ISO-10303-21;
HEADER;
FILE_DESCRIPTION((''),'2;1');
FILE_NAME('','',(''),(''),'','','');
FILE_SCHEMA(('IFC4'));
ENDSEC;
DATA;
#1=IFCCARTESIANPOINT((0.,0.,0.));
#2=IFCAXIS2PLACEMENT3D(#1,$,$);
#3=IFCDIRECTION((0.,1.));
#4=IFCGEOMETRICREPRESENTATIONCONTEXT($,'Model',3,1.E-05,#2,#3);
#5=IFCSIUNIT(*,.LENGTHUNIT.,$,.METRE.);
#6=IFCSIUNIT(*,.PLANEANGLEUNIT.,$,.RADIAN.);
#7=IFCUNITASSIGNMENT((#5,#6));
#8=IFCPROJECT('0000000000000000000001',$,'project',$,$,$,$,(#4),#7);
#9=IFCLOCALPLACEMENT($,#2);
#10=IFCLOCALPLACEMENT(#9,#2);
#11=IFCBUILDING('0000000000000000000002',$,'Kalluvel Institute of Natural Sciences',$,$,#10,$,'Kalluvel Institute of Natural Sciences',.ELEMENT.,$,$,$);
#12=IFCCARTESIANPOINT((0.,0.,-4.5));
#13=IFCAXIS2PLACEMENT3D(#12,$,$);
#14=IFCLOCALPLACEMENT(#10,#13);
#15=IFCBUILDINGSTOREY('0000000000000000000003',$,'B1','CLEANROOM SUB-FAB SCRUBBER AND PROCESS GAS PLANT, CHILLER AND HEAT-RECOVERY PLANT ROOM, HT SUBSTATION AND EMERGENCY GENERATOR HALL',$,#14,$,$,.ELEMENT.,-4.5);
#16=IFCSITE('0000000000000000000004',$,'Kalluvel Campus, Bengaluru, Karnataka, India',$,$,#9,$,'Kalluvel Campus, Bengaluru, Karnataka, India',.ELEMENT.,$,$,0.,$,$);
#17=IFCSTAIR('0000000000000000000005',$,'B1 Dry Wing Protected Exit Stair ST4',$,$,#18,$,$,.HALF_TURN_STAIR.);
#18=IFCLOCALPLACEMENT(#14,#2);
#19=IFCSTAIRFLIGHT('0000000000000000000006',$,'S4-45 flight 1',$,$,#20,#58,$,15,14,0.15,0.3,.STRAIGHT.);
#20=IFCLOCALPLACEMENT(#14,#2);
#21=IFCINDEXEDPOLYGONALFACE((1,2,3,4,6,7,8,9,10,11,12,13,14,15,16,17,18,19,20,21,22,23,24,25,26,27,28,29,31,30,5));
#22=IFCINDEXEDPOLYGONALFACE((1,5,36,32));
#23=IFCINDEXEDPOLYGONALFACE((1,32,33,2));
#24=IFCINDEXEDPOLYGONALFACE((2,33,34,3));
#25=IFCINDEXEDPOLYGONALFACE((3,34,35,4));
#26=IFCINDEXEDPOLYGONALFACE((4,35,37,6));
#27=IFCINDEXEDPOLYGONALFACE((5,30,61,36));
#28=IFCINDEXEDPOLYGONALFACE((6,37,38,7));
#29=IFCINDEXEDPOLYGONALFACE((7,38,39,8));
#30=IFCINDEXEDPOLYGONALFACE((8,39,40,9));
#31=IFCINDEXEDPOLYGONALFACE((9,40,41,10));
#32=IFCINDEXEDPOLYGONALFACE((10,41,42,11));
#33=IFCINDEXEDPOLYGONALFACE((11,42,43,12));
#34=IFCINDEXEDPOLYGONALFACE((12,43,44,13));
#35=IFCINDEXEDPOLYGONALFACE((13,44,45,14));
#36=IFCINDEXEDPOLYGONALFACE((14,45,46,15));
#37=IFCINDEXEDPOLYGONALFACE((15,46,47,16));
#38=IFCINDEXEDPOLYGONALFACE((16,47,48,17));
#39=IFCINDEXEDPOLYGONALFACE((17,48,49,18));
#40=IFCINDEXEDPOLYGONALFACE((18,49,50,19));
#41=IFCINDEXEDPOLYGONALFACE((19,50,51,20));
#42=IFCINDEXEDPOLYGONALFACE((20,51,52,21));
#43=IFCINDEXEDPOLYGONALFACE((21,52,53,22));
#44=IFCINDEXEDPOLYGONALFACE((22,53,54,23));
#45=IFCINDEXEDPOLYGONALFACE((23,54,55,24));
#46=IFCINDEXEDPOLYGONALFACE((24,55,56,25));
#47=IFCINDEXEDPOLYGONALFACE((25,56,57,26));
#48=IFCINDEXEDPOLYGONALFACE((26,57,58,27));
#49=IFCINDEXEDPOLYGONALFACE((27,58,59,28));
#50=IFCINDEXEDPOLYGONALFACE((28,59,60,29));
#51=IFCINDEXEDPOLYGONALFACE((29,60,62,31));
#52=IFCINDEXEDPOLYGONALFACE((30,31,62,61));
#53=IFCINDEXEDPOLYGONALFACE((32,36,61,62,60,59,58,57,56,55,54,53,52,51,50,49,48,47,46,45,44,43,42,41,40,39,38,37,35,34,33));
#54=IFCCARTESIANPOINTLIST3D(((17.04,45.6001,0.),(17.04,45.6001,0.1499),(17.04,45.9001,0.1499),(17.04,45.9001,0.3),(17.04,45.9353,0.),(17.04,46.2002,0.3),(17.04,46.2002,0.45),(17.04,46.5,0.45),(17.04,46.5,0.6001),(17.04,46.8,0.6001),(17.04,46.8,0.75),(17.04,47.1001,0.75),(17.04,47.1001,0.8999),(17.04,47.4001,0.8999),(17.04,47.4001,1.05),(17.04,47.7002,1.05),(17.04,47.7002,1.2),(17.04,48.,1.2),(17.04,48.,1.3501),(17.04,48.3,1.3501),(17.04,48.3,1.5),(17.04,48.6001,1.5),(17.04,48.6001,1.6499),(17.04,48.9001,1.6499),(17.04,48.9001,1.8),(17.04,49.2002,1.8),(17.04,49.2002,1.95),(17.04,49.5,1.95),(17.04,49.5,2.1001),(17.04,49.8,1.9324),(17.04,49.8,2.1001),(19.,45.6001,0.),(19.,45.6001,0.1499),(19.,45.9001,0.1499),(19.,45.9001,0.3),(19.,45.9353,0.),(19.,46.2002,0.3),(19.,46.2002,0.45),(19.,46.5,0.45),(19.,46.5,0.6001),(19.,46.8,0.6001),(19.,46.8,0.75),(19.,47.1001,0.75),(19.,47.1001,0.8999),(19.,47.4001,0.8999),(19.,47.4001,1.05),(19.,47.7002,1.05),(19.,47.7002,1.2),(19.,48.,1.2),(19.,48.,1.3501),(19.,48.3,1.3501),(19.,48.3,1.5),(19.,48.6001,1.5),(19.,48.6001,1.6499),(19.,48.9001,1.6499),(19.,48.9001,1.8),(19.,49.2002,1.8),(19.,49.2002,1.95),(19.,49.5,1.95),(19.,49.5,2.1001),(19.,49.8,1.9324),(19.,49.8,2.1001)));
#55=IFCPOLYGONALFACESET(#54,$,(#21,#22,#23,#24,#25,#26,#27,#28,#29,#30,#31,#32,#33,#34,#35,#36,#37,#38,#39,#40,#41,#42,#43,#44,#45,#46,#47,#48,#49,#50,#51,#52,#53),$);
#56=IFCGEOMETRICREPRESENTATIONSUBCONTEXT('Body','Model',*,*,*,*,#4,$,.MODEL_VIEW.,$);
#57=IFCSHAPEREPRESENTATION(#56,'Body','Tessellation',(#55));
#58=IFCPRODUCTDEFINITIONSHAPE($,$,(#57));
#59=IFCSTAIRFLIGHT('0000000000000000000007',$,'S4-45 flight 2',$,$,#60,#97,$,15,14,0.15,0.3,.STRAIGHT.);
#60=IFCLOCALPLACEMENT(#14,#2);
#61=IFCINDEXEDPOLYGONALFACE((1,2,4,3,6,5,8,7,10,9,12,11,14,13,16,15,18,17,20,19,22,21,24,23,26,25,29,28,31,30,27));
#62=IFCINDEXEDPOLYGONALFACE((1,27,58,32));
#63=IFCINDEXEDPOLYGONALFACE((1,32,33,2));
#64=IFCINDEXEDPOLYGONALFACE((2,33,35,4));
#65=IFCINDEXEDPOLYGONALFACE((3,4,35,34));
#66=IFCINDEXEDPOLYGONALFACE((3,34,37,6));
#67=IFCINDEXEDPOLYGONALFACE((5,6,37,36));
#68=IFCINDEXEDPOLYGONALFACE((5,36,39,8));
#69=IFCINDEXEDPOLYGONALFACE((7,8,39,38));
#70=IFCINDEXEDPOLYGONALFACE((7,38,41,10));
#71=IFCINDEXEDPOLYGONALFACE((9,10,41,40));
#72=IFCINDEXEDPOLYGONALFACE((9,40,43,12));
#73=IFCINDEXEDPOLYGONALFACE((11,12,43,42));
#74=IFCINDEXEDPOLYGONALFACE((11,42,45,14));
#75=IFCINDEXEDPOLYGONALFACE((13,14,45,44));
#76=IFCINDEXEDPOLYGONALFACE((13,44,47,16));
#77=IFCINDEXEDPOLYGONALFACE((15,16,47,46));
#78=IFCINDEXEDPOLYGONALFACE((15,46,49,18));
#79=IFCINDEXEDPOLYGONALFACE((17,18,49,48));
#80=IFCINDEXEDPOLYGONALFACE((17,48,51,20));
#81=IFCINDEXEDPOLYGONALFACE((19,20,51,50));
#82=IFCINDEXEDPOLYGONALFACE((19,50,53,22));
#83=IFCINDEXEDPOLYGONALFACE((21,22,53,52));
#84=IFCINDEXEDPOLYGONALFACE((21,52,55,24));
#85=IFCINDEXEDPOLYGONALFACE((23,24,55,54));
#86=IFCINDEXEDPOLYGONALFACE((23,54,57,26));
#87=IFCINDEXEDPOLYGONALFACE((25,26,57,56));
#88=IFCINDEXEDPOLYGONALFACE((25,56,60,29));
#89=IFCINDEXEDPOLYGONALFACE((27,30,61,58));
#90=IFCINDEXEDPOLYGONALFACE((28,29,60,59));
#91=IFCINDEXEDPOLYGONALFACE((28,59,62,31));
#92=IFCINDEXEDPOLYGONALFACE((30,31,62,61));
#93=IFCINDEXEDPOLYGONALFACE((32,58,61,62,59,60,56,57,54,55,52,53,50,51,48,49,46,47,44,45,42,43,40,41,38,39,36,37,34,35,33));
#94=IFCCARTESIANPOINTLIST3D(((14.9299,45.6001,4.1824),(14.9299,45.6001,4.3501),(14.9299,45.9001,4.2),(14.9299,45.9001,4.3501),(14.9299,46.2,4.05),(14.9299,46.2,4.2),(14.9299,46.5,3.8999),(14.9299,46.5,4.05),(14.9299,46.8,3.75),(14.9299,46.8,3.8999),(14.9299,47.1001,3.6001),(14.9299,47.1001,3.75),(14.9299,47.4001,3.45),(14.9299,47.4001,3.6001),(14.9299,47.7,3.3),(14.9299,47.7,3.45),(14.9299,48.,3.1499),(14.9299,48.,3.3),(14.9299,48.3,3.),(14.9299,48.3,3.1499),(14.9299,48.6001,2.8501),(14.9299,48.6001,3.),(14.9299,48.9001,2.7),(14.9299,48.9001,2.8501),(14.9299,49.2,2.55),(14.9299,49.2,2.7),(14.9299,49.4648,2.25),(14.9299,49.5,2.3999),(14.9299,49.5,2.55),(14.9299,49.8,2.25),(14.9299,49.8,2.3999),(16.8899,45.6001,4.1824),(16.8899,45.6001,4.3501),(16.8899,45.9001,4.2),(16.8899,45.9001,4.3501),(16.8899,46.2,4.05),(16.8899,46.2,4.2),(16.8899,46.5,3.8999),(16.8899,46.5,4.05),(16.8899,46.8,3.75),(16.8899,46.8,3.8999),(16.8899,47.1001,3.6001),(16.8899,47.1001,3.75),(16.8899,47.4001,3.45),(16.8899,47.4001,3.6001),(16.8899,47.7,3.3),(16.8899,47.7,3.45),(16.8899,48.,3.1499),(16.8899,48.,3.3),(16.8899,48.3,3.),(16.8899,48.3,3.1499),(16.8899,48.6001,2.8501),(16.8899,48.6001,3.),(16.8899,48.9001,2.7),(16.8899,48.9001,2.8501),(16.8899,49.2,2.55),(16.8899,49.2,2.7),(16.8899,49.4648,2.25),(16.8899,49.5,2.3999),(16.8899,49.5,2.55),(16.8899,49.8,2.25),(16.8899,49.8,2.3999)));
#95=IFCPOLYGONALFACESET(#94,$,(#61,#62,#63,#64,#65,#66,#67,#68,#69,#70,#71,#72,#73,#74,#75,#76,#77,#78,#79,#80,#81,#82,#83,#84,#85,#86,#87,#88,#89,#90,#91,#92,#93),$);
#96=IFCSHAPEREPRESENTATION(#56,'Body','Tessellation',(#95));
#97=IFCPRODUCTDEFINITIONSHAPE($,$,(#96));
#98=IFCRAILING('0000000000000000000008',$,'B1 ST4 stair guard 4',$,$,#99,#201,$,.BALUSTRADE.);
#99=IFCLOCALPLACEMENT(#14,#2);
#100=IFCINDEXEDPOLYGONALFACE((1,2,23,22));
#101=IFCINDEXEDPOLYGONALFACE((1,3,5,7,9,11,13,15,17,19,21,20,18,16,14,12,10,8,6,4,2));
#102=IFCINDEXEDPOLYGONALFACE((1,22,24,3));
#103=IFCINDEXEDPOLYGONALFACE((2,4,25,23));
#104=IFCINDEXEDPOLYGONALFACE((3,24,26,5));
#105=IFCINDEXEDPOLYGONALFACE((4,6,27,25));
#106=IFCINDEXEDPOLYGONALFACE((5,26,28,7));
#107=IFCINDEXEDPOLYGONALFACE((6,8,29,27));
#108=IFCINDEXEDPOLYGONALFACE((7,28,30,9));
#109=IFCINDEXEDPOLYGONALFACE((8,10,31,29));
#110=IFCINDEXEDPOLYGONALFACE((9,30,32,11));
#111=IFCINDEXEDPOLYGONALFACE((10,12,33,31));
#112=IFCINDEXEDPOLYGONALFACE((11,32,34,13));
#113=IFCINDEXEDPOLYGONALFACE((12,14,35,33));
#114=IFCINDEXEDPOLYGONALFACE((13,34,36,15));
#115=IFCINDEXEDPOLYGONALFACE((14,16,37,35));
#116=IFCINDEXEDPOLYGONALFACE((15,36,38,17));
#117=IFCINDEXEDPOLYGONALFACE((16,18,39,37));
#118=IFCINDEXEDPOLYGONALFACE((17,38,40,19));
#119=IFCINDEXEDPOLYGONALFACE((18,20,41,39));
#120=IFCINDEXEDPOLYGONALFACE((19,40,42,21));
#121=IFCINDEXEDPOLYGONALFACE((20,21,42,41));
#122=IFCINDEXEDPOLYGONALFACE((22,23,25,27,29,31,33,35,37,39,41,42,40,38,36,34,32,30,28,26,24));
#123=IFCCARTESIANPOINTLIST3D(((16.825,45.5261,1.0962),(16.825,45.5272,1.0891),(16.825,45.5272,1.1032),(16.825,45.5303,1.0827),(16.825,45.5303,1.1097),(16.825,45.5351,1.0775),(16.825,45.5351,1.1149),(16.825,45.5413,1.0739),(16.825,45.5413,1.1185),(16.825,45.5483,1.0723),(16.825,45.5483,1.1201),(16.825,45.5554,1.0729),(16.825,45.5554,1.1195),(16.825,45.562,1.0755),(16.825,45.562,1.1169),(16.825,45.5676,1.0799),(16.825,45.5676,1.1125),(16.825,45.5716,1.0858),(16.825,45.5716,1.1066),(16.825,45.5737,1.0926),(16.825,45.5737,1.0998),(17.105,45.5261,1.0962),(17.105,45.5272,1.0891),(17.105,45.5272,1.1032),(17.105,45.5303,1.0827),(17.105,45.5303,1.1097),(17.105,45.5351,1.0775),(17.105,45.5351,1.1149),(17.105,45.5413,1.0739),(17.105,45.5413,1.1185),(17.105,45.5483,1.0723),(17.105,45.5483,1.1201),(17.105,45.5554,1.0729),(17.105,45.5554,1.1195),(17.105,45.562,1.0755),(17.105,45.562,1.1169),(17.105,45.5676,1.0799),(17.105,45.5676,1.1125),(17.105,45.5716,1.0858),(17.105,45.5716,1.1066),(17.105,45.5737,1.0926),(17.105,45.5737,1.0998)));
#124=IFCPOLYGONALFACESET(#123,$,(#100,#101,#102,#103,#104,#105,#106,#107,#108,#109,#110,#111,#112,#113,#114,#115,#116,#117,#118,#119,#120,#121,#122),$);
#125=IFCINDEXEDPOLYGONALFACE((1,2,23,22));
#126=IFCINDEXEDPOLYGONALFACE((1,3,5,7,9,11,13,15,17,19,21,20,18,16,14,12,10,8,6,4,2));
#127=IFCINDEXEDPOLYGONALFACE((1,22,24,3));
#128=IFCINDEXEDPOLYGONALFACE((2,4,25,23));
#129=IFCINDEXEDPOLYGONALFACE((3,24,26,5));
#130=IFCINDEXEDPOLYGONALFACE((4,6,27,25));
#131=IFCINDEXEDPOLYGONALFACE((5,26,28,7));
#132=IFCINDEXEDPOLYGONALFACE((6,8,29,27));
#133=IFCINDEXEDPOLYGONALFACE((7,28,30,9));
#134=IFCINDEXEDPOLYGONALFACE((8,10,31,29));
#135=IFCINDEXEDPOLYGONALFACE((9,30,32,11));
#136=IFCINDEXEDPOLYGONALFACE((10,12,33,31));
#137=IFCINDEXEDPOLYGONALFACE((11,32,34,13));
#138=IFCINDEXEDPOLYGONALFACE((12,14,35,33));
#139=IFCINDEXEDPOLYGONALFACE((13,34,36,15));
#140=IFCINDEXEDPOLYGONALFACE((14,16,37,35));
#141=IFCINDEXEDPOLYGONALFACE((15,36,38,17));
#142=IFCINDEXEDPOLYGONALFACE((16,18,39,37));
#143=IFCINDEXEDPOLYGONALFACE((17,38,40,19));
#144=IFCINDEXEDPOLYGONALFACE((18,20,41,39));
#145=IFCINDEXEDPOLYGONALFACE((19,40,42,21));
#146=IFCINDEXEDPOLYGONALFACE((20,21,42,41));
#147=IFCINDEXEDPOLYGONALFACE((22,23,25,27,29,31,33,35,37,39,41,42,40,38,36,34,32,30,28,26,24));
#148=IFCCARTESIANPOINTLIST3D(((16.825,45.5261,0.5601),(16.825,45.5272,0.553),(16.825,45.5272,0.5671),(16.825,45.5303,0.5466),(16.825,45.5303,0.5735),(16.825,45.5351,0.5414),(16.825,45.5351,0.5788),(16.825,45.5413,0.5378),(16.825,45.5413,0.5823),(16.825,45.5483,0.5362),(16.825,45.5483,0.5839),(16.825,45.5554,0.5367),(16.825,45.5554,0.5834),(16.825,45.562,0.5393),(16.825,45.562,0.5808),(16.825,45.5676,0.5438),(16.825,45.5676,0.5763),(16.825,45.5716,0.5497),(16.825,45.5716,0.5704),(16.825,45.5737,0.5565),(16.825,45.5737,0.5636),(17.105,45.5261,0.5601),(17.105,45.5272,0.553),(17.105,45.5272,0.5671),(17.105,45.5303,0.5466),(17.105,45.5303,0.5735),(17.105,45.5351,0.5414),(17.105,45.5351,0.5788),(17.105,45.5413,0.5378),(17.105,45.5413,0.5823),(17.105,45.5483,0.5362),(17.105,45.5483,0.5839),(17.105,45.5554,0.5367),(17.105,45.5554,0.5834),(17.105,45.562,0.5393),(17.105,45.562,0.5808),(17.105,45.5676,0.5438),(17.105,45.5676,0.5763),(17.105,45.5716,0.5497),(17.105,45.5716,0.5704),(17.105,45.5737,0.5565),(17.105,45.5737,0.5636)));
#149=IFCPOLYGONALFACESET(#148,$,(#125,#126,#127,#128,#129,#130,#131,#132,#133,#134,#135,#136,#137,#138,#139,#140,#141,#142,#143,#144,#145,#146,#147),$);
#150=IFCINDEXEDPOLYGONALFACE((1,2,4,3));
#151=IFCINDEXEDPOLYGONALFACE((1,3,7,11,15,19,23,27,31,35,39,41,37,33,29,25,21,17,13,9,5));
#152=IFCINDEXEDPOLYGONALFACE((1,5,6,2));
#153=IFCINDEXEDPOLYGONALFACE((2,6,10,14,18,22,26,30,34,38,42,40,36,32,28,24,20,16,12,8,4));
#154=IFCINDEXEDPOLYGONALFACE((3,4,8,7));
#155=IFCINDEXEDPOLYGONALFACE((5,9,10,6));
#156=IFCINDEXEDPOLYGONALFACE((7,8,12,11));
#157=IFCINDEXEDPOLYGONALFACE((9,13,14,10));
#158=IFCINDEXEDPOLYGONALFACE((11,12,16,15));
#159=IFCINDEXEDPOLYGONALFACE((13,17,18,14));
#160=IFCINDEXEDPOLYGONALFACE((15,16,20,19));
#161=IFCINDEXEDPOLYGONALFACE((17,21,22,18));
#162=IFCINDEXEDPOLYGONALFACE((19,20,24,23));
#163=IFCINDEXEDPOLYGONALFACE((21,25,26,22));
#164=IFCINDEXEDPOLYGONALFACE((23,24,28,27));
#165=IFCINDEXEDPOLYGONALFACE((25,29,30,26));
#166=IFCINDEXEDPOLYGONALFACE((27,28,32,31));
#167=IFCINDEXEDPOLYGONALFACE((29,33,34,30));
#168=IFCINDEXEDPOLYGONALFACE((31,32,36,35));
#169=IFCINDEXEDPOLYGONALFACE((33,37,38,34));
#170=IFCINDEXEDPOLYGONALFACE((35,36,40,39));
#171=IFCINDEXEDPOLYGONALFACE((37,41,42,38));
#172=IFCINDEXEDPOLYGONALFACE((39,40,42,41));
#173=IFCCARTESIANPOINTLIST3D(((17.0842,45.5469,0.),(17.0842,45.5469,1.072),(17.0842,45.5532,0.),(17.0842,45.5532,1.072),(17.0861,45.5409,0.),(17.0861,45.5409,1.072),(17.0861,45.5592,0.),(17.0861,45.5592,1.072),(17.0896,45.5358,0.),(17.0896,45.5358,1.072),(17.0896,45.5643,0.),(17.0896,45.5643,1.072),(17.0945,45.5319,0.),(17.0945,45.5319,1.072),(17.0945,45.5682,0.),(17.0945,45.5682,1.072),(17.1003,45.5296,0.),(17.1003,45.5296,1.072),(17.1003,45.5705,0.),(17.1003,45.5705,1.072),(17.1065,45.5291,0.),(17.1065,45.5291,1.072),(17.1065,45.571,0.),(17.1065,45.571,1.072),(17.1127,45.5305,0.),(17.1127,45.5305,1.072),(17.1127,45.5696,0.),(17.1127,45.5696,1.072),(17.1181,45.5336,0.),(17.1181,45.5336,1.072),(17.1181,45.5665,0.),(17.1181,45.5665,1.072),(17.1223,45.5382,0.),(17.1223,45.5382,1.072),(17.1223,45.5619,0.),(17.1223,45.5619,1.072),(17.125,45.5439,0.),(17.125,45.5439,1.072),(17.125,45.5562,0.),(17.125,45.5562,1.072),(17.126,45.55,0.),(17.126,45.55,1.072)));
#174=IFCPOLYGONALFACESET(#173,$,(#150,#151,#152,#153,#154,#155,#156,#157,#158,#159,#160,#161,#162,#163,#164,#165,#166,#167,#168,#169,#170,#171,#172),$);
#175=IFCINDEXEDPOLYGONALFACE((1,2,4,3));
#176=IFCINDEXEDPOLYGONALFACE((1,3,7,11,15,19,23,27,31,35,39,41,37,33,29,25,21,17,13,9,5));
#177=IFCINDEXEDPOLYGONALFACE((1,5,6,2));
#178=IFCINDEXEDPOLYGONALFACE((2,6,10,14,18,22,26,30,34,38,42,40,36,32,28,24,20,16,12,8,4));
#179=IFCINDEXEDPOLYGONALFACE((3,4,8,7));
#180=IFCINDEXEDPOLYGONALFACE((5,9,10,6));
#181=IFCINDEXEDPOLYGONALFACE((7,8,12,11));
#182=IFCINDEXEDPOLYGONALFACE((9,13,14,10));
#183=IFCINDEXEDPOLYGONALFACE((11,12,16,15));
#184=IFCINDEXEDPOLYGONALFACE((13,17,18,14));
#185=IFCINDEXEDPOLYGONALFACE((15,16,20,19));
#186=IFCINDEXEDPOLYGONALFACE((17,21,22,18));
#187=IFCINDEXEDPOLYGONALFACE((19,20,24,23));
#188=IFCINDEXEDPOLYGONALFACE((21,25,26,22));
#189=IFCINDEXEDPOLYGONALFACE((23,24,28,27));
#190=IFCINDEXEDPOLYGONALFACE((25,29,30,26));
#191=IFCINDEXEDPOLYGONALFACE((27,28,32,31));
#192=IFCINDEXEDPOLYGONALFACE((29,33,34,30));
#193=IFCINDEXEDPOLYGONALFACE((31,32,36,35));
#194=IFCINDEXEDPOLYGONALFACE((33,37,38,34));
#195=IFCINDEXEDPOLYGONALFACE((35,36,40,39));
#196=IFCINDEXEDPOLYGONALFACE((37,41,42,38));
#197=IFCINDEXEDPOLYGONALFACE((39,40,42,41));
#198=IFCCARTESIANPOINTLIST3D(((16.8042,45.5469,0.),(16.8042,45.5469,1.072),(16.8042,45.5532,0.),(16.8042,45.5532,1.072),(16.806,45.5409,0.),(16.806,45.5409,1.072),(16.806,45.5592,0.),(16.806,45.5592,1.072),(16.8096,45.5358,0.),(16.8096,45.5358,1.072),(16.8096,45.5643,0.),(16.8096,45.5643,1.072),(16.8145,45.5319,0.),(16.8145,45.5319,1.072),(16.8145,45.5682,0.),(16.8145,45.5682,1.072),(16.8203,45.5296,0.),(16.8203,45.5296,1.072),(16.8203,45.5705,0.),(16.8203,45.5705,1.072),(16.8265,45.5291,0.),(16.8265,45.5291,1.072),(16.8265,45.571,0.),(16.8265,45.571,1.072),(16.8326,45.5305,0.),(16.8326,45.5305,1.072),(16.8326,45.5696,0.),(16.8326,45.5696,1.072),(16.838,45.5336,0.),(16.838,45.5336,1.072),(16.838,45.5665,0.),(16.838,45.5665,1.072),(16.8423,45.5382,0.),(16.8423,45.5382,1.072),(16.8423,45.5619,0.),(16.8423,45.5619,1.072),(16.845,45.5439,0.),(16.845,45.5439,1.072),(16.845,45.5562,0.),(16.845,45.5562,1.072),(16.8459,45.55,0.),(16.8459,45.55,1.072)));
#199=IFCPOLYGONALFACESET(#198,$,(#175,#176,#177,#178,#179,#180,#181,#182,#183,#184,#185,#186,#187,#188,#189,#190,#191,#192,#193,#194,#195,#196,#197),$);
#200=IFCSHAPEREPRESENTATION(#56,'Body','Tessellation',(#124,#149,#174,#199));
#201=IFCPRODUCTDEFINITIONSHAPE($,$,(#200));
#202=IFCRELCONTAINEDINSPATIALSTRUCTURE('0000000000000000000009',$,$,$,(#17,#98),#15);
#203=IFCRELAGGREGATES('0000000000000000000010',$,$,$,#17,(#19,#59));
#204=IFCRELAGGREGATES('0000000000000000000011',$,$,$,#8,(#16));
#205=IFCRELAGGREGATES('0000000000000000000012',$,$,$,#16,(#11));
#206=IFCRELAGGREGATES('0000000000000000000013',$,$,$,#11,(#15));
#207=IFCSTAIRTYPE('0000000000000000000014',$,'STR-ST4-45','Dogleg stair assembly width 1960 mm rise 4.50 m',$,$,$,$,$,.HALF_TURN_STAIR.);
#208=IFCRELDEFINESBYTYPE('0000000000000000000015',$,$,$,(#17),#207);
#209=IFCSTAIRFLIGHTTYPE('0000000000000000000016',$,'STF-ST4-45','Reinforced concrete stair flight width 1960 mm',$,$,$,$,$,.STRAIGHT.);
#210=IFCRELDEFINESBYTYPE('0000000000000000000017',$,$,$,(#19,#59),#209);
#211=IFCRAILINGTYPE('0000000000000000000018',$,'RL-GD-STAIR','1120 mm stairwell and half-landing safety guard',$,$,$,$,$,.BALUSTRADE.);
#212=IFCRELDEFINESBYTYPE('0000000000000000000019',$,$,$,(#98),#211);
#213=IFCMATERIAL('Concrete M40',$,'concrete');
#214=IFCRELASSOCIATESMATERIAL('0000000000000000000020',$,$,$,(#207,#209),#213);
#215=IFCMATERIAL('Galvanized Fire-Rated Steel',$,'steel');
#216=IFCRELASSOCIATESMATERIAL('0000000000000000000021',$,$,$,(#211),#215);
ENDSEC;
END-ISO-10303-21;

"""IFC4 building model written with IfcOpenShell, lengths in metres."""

from ifc_helpers import new_model, si_unit, direction, frame, origin, origin_2d, place, context, subcontext, project, spatial, polyline, circle, outline, extrude, material, type_object, element, aggregate, save


model = new_model("IFC4")

# Units and contexts
model_context = context("Model", 3, precision=1e-05, world=origin(), true_north=direction((0.0, 1.0)))
body_context = subcontext(model_context, "Body", "Model", "MODEL_VIEW")
ifc_project = project(units=[si_unit("LENGTHUNIT", "METRE"), si_unit("PLANEANGLEUNIT", "RADIAN")], contexts=[model_context])

# Site, building, storey
site_placement = place(None, origin())
site = spatial("IfcSite", under=ifc_project, at=site_placement, Name="Kalluvel Campus, Bengaluru, Karnataka, India", LongName="Kalluvel Campus, Bengaluru, Karnataka, India", CompositionType="ELEMENT", RefElevation=0.0)
building_placement = place(site_placement, origin())
building = spatial("IfcBuilding", under=site, at=building_placement, Name="Kalluvel Institute of Natural Sciences", LongName="Kalluvel Institute of Natural Sciences", CompositionType="ELEMENT")
storey_placement = place(building_placement, frame((0.0, 0.0, -4.5)))
storey = spatial("IfcBuildingStorey", under=building, at=storey_placement, Name="B1", Description="CLEANROOM SUB-FAB SCRUBBER AND PROCESS GAS PLANT, CHILLER AND HEAT-RECOVERY PLANT ROOM, HT SUBSTATION AND EMERGENCY GENERATOR HALL", CompositionType="ELEMENT", Elevation=-4.5)

# Shared definitions
ifc_material_1 = material(Name="Concrete M40", Category="concrete")

# Shared definitions
ifc_material_2 = material(Name="Galvanized Fire-Rated Steel", Category="steel")

# Stair, stair flights
stair_type = type_object("IfcStairType", Name="STR-ST4-45", Description="Dogleg stair assembly width 1960 mm rise 4.50 m", PredefinedType="HALF_TURN_STAIR", material=ifc_material_1)
stair_placement = place(storey_placement, origin())
stair = element("IfcStair", 1, at=stair_placement, inside=storey, type_object=stair_type, Name="B1 Dry Wing Protected Exit Stair ST4", PredefinedType="HALF_TURN_STAIR")
stair_flight_type = type_object("IfcStairFlightType", Name="STF-ST4-45", Description="Reinforced concrete stair flight width 1960 mm", PredefinedType="STRAIGHT", material=ifc_material_1)
stair_flight_1_placement = place(storey_placement, frame((18.02, 45.6001, 0.0), z_axis=(0.0, 0.0, 1.0), x_axis=(0.0, 1.0, 0.0)))
stair_flight_1 = element("IfcStairFlight", 2, at=stair_flight_1_placement, type_object=stair_flight_type, Name="S4-45 flight 1", NumberOfRisers=15, NumberOfTreads=14, PredefinedType="STRAIGHT", RiserHeight=0.15, TreadLength=0.3, context=body_context, shape_type="SweptSolid", body=[
    extrude(outline(polyline([(0.0, 0.0), (0.0, 0.1499), (0.3, 0.1499), (0.3, 0.3), (0.6001, 0.3), (0.6001, 0.45), (0.8999, 0.45), (0.8999, 0.6001), (1.2, 0.6001), (1.2, 0.75), (1.5, 0.75), (1.5, 0.8999), (1.8, 0.8999), (1.8, 1.05), (2.1001, 1.05), (2.1001, 1.2), (2.3999, 1.2), (2.3999, 1.3501), (2.7, 1.3501), (2.7, 1.5), (3.0, 1.5), (3.0, 1.6499), (3.3, 1.6499), (3.3, 1.8), (3.6001, 1.8), (3.6001, 1.95), (3.8999, 1.95), (3.8999, 2.1001), (4.2, 2.1001), (4.2, 2.25), (4.2, 1.9324), (0.3352, 0.0), (0.0, 0.0)])), frame((0.0, 0.98, 0.0), z_axis=(0.0, -1.0, 0.0), x_axis=(1.0, 0.0, 0.0)), (0.0, 0.0, 1.0), 1.96),
])
stair_flight_2_placement = place(storey_placement, frame((15.9099, 49.8, 2.25), z_axis=(0.0, 0.0, 1.0), x_axis=(0.0, -1.0, 0.0)))
stair_flight_2 = element("IfcStairFlight", 3, at=stair_flight_2_placement, type_object=stair_flight_type, Name="S4-45 flight 2", NumberOfRisers=15, NumberOfTreads=14, PredefinedType="STRAIGHT", RiserHeight=0.15, TreadLength=0.3, context=body_context, shape_type="SweptSolid", body=[
    extrude(outline(polyline([(0.0, 0.0), (0.0, 0.1499), (0.3, 0.1499), (0.3, 0.3), (0.6001, 0.3), (0.6001, 0.45), (0.8999, 0.45), (0.8999, 0.6001), (1.2, 0.6001), (1.2, 0.75), (1.5, 0.75), (1.5, 0.8999), (1.8, 0.8999), (1.8, 1.05), (2.1001, 1.05), (2.1001, 1.2), (2.3999, 1.2), (2.3999, 1.3501), (2.7, 1.3501), (2.7, 1.5), (3.0, 1.5), (3.0, 1.6499), (3.3, 1.6499), (3.3, 1.8), (3.6001, 1.8), (3.6001, 1.95), (3.8999, 1.95), (3.8999, 2.1001), (4.2, 2.1001), (4.2, 2.25), (4.2, 1.9324), (0.3352, 0.0), (0.0, 0.0)])), frame((0.0, 0.98, 0.0), z_axis=(0.0, -1.0, 0.0), x_axis=(1.0, 0.0, 0.0)), (0.0, 0.0, 1.0), 1.96),
])
aggregate(stair, [stair_flight_1, stair_flight_2])

# Railing
railing_type_1 = type_object("IfcRailingType", Name="RL-GD-STAIR", Description="1120 mm stairwell and half-landing safety guard", PredefinedType="BALUSTRADE", material=ifc_material_2)
railing_1_placement = place(storey_placement, frame((17.105, 45.55, 0.0)))
element("IfcRailing", 4, at=railing_1_placement, inside=storey, type_object=railing_type_1, Name="B1 ST4 stair guard 4", PredefinedType="BALUSTRADE", context=body_context, shape_type="SweptSolid", body=[
    extrude(circle(Radius=0.0239, at=origin_2d()), frame((0.0, 0.0, 1.0962), z_axis=(-1.0, 0.0, 0.0), x_axis=(0.0, -1.0, 0.0)), (0.0, 0.0, 1.0), 0.28),
    extrude(circle(Radius=0.0239, at=origin_2d()), frame((0.0, 0.0, 0.5601), z_axis=(-1.0, 0.0, 0.0), x_axis=(0.0, -1.0, 0.0)), (0.0, 0.0, 1.0), 0.28),
    extrude(circle(Radius=0.021, at=origin_2d()), origin(), (0.0, 0.0, 1.0), 1.072),
    extrude(circle(Radius=0.021, at=origin_2d()), frame((-0.28, 0.0, 0.0)), (0.0, 0.0, 1.0), 1.072),
])

save(model, "model.ifc")
